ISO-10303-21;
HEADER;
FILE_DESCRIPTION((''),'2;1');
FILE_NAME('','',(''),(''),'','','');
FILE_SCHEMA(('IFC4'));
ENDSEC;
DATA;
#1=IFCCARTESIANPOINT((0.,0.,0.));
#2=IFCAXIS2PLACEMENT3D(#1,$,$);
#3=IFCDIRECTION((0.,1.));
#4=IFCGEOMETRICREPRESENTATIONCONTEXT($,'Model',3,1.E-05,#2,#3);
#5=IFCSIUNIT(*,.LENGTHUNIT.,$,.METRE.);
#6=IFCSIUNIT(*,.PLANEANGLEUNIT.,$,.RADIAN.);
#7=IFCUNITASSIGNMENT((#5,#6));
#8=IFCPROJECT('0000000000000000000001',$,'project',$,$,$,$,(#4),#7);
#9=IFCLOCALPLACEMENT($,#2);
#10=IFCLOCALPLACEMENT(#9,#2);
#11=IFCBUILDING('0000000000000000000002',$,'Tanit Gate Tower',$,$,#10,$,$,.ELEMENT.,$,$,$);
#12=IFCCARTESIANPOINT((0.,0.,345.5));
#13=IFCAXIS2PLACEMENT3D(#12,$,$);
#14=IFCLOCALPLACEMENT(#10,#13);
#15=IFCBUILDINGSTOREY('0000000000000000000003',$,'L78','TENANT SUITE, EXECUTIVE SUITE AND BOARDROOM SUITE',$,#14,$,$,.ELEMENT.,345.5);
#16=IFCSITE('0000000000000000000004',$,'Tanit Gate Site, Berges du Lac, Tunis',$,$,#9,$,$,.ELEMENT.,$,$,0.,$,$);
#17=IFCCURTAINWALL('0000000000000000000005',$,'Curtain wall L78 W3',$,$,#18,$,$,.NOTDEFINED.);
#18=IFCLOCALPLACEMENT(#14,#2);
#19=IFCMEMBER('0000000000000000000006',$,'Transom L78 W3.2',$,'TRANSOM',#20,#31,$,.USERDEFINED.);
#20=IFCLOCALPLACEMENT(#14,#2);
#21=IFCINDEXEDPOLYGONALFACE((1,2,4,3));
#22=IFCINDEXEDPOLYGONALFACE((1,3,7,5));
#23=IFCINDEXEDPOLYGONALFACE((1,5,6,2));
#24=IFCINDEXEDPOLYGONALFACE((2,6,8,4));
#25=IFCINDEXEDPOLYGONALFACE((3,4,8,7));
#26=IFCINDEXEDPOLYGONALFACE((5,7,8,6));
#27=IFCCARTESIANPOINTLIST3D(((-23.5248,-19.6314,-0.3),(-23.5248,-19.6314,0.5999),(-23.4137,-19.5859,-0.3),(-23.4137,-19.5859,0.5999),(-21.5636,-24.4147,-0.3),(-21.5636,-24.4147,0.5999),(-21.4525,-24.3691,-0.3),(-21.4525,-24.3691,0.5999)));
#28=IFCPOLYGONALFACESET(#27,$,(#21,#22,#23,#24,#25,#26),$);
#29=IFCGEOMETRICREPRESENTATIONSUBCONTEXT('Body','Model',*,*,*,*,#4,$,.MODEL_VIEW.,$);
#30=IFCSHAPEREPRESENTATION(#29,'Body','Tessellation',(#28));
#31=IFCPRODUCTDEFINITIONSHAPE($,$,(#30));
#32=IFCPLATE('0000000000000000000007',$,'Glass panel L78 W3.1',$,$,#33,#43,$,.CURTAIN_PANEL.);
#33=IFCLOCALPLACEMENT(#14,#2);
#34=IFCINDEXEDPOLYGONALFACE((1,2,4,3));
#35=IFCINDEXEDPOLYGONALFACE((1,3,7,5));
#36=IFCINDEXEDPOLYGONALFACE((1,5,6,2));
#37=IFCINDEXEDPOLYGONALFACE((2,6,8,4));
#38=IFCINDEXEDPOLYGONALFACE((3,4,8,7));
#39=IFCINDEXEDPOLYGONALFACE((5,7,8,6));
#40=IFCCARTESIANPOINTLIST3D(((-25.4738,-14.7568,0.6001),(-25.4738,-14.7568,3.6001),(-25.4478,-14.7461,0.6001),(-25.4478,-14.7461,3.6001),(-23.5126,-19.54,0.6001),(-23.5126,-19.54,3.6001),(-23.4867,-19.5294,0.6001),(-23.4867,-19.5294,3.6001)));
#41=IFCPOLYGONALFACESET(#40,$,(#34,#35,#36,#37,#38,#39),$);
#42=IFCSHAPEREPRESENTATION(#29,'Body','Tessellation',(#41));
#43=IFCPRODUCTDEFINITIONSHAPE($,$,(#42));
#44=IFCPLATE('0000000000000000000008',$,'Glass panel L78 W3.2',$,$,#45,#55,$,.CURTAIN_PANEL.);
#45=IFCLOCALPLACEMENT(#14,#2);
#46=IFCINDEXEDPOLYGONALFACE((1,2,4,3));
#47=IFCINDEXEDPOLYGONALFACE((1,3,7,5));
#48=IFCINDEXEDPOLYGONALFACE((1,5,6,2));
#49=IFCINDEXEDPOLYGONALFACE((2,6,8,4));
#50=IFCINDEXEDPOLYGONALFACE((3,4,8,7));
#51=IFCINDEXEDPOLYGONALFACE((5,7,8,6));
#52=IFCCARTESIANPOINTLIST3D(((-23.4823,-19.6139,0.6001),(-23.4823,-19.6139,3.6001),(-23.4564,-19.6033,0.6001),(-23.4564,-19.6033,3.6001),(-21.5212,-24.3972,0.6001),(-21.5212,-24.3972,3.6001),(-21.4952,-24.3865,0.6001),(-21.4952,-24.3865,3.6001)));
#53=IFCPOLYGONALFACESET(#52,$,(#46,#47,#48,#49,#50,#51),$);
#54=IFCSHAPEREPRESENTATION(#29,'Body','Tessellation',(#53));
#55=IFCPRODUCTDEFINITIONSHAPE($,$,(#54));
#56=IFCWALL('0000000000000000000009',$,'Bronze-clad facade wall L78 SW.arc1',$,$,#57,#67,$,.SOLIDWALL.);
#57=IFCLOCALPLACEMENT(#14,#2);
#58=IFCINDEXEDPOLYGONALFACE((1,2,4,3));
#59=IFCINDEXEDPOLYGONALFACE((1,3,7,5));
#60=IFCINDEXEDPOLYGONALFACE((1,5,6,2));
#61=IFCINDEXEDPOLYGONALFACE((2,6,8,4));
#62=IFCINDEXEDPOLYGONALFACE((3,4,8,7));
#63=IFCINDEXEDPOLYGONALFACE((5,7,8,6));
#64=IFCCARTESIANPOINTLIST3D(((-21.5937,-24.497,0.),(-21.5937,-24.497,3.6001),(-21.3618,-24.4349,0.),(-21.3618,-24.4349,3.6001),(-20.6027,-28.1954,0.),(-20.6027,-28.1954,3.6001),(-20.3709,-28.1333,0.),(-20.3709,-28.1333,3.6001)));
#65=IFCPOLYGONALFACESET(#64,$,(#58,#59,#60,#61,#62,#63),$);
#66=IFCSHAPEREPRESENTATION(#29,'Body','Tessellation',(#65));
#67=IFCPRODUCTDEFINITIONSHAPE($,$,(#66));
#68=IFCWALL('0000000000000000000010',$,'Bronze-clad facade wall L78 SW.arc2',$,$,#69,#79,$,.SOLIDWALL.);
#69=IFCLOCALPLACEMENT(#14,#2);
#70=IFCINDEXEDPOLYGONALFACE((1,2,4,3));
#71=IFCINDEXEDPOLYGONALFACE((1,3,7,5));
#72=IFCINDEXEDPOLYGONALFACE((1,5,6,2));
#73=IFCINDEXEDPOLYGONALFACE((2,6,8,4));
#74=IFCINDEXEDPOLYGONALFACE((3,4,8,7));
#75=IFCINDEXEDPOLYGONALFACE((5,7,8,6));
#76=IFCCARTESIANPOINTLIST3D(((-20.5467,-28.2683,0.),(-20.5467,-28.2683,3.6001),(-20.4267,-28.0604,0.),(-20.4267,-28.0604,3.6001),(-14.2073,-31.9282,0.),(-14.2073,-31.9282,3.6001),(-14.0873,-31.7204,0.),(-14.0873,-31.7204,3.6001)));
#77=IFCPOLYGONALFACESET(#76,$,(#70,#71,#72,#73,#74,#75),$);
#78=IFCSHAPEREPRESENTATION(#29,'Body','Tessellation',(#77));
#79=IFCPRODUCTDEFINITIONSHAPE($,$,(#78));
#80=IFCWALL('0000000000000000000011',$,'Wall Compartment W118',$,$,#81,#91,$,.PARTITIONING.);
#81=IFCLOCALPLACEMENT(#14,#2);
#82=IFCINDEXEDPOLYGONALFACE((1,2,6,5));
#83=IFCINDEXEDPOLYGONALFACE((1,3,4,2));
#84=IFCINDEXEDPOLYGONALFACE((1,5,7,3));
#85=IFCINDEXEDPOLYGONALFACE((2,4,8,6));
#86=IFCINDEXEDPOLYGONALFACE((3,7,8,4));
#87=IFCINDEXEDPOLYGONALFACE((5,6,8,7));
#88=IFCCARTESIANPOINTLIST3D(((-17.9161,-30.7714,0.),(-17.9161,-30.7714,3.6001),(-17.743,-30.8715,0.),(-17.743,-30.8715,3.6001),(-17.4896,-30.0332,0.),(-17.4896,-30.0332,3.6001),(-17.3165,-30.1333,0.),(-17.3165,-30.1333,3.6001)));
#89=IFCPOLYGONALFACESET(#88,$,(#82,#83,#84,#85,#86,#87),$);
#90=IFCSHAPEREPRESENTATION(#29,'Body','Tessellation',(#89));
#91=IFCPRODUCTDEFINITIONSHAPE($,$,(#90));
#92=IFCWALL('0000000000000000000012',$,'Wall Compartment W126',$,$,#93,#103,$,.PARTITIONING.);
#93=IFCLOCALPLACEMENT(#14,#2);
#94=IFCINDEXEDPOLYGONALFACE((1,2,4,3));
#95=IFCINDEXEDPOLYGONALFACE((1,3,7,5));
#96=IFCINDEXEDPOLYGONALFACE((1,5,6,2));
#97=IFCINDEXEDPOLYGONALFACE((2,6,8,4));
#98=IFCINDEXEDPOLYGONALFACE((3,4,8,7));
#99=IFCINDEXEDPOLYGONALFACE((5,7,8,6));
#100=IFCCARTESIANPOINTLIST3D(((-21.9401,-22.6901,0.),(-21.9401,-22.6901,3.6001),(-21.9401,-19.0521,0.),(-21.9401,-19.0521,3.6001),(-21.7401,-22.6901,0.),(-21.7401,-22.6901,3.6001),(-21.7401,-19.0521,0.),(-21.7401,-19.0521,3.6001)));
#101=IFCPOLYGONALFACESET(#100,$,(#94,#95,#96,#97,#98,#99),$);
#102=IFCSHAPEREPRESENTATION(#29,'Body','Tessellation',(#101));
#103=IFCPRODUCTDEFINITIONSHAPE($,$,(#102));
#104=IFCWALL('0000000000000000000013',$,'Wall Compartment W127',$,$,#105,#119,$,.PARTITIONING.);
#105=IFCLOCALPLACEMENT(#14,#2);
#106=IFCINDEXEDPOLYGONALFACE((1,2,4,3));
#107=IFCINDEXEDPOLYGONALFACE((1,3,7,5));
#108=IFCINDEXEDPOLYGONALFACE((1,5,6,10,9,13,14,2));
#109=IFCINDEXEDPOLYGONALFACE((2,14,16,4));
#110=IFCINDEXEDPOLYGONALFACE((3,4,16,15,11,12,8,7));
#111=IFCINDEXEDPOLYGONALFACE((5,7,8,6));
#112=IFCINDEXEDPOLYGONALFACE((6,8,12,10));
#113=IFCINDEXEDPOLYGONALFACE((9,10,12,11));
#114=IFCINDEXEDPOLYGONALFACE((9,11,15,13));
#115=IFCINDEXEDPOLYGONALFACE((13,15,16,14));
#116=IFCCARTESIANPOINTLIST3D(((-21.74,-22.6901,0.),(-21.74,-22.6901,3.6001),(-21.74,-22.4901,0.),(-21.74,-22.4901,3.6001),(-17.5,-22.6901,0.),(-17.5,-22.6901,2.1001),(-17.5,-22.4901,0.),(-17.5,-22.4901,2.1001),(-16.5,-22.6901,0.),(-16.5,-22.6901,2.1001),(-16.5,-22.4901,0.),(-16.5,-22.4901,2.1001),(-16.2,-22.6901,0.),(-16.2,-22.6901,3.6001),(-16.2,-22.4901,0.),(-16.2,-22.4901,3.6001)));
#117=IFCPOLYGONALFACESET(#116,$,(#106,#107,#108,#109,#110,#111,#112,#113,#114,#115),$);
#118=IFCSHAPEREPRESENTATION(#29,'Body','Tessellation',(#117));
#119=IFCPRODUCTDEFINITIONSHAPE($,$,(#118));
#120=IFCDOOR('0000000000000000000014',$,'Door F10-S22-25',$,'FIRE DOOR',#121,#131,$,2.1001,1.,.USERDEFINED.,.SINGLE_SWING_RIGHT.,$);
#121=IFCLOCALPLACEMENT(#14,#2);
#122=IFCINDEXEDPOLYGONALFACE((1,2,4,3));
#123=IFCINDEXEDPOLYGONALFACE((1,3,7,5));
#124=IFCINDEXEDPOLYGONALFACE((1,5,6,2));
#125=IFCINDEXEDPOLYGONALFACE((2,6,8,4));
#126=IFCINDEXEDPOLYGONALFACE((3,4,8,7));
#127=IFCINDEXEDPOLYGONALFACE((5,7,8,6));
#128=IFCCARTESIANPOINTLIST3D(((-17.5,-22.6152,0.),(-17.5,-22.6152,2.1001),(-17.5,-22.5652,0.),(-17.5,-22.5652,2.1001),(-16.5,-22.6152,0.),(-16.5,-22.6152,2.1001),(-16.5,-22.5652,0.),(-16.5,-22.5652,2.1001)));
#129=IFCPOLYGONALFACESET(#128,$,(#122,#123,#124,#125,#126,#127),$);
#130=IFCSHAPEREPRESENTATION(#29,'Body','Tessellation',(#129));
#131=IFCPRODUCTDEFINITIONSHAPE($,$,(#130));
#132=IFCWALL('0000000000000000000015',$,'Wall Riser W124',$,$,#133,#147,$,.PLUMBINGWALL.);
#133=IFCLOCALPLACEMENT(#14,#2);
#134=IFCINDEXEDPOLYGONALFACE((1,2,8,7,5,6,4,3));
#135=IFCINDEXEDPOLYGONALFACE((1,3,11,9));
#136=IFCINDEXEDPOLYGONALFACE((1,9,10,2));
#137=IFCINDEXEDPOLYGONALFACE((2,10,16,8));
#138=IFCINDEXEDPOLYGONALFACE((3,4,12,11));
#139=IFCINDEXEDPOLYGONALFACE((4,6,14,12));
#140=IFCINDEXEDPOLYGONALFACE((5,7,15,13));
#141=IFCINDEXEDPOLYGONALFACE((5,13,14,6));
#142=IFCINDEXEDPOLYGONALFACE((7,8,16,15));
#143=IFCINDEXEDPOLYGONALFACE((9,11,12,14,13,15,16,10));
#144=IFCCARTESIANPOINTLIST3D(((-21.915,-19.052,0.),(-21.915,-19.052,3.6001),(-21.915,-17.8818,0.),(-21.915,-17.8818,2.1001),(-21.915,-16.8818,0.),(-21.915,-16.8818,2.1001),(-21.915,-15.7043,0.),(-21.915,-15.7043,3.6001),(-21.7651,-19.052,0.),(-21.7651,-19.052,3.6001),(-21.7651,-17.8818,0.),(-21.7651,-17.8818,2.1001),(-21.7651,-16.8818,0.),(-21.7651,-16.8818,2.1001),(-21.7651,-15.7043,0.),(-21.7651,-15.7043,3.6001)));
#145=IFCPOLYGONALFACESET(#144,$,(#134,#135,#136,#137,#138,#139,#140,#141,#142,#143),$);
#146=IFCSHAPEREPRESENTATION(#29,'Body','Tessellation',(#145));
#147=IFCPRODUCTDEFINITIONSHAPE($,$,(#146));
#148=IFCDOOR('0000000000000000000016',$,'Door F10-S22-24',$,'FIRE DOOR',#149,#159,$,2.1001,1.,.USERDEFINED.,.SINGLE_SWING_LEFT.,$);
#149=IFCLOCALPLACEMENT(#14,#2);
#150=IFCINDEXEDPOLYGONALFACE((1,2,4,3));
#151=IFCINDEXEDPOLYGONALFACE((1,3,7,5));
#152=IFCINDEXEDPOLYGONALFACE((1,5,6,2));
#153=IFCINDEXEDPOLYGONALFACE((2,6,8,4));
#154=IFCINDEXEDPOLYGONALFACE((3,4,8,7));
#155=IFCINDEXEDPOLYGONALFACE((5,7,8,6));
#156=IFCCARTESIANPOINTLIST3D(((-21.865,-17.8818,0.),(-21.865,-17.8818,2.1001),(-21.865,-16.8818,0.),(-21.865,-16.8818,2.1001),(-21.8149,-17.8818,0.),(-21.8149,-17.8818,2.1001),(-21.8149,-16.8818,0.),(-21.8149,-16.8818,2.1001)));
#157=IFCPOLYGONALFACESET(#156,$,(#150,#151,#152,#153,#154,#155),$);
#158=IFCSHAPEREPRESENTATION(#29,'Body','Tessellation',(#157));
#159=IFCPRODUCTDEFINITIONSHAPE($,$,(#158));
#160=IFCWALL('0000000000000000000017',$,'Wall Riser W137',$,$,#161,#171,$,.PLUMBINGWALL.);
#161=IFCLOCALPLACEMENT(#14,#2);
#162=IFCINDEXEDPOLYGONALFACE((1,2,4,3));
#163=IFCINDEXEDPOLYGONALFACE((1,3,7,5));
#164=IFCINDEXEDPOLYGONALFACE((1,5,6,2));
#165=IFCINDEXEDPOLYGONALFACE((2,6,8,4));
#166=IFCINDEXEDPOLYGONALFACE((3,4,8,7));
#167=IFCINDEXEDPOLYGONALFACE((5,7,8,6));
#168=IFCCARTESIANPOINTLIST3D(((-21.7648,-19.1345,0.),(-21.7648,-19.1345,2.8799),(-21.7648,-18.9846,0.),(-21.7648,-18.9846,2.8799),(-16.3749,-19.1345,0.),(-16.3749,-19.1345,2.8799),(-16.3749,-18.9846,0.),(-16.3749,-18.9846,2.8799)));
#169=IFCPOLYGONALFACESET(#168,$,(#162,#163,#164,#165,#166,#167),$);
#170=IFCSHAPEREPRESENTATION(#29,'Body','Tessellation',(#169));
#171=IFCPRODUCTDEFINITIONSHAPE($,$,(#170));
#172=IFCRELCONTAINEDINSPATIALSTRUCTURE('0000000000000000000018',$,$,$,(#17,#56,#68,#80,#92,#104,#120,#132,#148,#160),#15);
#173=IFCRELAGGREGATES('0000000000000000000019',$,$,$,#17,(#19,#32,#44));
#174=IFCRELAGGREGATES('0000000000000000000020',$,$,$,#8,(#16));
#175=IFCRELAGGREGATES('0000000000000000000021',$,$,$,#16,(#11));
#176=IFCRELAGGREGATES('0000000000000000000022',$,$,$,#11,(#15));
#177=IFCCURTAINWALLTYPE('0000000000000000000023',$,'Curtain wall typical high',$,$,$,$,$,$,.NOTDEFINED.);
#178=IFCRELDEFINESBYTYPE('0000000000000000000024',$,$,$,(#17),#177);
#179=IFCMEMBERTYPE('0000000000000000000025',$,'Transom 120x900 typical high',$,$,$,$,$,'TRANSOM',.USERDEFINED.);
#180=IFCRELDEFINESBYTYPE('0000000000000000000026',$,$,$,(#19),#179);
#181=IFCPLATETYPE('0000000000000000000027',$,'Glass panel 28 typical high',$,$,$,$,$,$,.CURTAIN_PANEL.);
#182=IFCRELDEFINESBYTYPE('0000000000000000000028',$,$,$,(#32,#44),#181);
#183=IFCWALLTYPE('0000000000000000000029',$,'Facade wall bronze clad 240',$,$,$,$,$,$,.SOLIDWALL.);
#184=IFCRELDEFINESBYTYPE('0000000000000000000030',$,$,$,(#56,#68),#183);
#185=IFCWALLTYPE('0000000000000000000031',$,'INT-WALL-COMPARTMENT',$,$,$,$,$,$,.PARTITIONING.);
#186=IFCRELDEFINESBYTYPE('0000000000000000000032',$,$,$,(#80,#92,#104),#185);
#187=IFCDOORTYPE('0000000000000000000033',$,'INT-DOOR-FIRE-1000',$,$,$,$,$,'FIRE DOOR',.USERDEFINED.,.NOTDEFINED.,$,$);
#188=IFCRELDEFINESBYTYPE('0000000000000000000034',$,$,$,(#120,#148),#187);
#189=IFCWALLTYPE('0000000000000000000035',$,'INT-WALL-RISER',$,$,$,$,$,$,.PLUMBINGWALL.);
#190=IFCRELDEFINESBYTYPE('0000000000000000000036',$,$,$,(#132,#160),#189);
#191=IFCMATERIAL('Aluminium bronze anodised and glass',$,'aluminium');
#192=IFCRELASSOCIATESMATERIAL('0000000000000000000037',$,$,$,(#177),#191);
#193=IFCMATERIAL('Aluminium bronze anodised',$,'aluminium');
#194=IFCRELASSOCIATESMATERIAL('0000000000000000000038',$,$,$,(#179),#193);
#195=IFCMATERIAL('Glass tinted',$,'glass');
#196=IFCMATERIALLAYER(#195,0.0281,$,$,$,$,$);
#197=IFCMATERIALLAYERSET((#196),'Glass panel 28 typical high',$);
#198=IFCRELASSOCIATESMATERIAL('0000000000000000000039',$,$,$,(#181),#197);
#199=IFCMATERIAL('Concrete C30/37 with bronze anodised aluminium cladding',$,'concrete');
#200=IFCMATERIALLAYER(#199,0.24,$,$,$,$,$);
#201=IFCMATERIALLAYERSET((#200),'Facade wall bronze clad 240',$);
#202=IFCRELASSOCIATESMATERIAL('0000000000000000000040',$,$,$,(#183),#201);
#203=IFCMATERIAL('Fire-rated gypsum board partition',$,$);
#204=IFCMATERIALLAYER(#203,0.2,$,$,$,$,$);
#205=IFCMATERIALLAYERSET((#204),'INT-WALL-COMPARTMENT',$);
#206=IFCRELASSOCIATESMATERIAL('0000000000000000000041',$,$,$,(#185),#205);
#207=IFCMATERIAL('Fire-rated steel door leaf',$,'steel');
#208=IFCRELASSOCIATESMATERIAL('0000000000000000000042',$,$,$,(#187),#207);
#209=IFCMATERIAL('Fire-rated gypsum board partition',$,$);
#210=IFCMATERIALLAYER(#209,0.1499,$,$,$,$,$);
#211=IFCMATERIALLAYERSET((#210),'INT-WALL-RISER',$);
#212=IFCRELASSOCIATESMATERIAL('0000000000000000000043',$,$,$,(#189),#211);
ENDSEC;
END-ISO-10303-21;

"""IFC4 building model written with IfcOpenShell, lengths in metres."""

from ifc_helpers import new_model, si_unit, direction, frame, frame_2d, origin, origin_2d, place, context, subcontext, project, spatial, rectangle, extrude, material, layer, layer_set, material_profile, profile_set, type_object, element, fill, aggregate, save


model = new_model("IFC4")

# Units and contexts
model_context = context("Model", 3, precision=1e-05, world=origin(), true_north=direction((0.0, 1.0)))
body_context = subcontext(model_context, "Body", "Model", "MODEL_VIEW")
ifc_project = project(units=[si_unit("LENGTHUNIT", "METRE"), si_unit("PLANEANGLEUNIT", "RADIAN")], contexts=[model_context])

# Site, building, storey
site_placement = place(None, origin())
site = spatial("IfcSite", under=ifc_project, at=site_placement, Name="Tanit Gate Site, Berges du Lac, Tunis", CompositionType="ELEMENT", RefElevation=0.0)
building_placement = place(site_placement, origin())
building = spatial("IfcBuilding", under=site, at=building_placement, Name="Tanit Gate Tower", CompositionType="ELEMENT")
storey_placement = place(building_placement, frame((0.0, 0.0, 345.5)))
storey = spatial("IfcBuildingStorey", under=building, at=storey_placement, Name="L78", Description="TENANT SUITE, EXECUTIVE SUITE AND BOARDROOM SUITE", CompositionType="ELEMENT", Elevation=345.5)

# Curtain wall
ifc_material_1 = material(Name="Aluminium bronze anodised and glass", Category="aluminium")
curtain_wall_type = type_object("IfcCurtainWallType", Name="Curtain wall typical high", PredefinedType="NOTDEFINED", material=ifc_material_1)
curtain_wall_placement = place(storey_placement, origin())
curtain_wall = element("IfcCurtainWall", 1, at=curtain_wall_placement, inside=storey, type_object=curtain_wall_type, Name="Curtain wall L78 W3", PredefinedType="NOTDEFINED")

# Member
ifc_material_2 = material(Name="Aluminium bronze anodised", Category="aluminium")
ifc_material_profile_1 = material_profile(ifc_material_2, rectangle(XDim=0.1201, YDim=0.8999, at=origin_2d()), Name="120x900 bronze transom")
ifc_profile_set_1 = profile_set([ifc_material_profile_1], Name="Aluminium bronze anodised")
member_type_1 = type_object("IfcMemberType", Name="Transom 120x900 typical high", ElementType="TRANSOM", PredefinedType="USERDEFINED", material=ifc_profile_set_1)
member_1_placement = place(storey_placement, frame((-23.4692, -19.6086, 0.1499), z_axis=(0.379365, -0.925247, 0.0), x_axis=(0.925247, 0.379365, 0.0)))
member_1 = element("IfcMember", 2, at=member_1_placement, type_object=member_type_1, Name="Transom L78 W3.2", ObjectType="TRANSOM", PredefinedType="USERDEFINED", context=body_context, shape_type="SweptSolid", body=[
    extrude(rectangle(XDim=0.1201, YDim=0.8999, at=origin_2d()), origin(), (0.0, 0.0, 1.0), 5.1697),
])

# Plates
ifc_material_3 = material(Name="Glass tinted", Category="glass")
ifc_layer_1 = layer(ifc_material_3, 0.0281)
ifc_layer_set_1 = layer_set([ifc_layer_1], Name="Glass panel 28 typical high")
plate_type = type_object("IfcPlateType", Name="Glass panel 28 typical high", PredefinedType="CURTAIN_PANEL", material=ifc_layer_set_1)
plate_1_placement = place(storey_placement, frame((-24.4802, -17.1431, 0.6001), z_axis=(0.0, 0.0, 1.0), x_axis=(0.379355, -0.925251, 0.0)))
plate_1 = element("IfcPlate", 3, at=plate_1_placement, type_object=plate_type, Name="Glass panel L78 W3.1", PredefinedType="CURTAIN_PANEL", context=body_context, shape_type="SweptSolid", body=[
    extrude(rectangle(XDim=5.1697, YDim=0.0281, at=origin_2d()), origin(), (0.0, 0.0, 1.0), 3.0),
])
plate_2_placement = place(storey_placement, frame((-22.4888, -22.0002, 0.6001), z_axis=(0.0, 0.0, 1.0), x_axis=(0.379355, -0.925251, 0.0)))
plate_2 = element("IfcPlate", 4, at=plate_2_placement, type_object=plate_type, Name="Glass panel L78 W3.2", PredefinedType="CURTAIN_PANEL", context=body_context, shape_type="SweptSolid", body=[
    extrude(rectangle(XDim=5.1697, YDim=0.0281, at=origin_2d()), origin(), (0.0, 0.0, 1.0), 3.0),
])
aggregate(curtain_wall, [member_1, plate_1, plate_2])

# Walls
ifc_material_4 = material(Name="Concrete C30/37 with bronze anodised aluminium cladding", Category="concrete")
ifc_layer_2 = layer(ifc_material_4, 0.24)
ifc_layer_set_2 = layer_set([ifc_layer_2], Name="Facade wall bronze clad 240")
wall_type_1 = type_object("IfcWallType", Name="Facade wall bronze clad 240", PredefinedType="SOLIDWALL", material=ifc_layer_set_2)
wall_1_placement = place(storey_placement, frame((-21.4778, -24.4658, 0.0), z_axis=(0.0, 0.0, 1.0), x_axis=(0.258809, -0.965928, 0.0)))
element("IfcWall", 5, at=wall_1_placement, inside=storey, type_object=wall_type_1, Name="Bronze-clad facade wall L78 SW.arc1", PredefinedType="SOLIDWALL", context=body_context, shape_type="SweptSolid", body=[
    extrude(rectangle(XDim=3.8289, YDim=0.24, at=frame_2d((1.9146, 0.0))), origin(), (0.0, 0.0, 1.0), 3.6001),
])
wall_2_placement = place(storey_placement, frame((-20.4868, -28.1643, 0.0), z_axis=(0.0, 0.0, 1.0), x_axis=(0.866032, -0.499988, 0.0)))
element("IfcWall", 6, at=wall_2_placement, inside=storey, type_object=wall_type_1, Name="Bronze-clad facade wall L78 SW.arc2", PredefinedType="SOLIDWALL", context=body_context, shape_type="SweptSolid", body=[
    extrude(rectangle(XDim=7.3201, YDim=0.24, at=frame_2d((3.6602, 0.0))), origin(), (0.0, 0.0, 1.0), 3.6001),
])
ifc_material_5 = material(Name="Fire-rated gypsum board partition")
ifc_layer_3 = layer(ifc_material_5, 0.2)
ifc_layer_set_3 = layer_set([ifc_layer_3], Name="INT-WALL-COMPARTMENT")
wall_type_2 = type_object("IfcWallType", Name="INT-WALL-COMPARTMENT", PredefinedType="PARTITIONING", material=ifc_layer_set_3)
wall_3_placement = place(storey_placement, frame((-17.4031, -30.0833, 0.0), z_axis=(0.0, 0.0, 1.0), x_axis=(-0.500235, -0.86589, 0.0)))
element("IfcWall", 7, at=wall_3_placement, inside=storey, type_object=wall_type_2, Name="Wall Compartment W118", PredefinedType="PARTITIONING", context=body_context, shape_type="SweptSolid", body=[
    extrude(rectangle(XDim=0.8525, YDim=0.2, at=frame_2d((0.4263, 0.0))), origin(), (0.0, 0.0, 1.0), 3.6001),
])
wall_4_placement = place(storey_placement, frame((-21.8401, -22.6899, 0.0), z_axis=(0.0, 0.0, 1.0), x_axis=(0.0, 1.0, 0.0)))
element("IfcWall", 8, at=wall_4_placement, inside=storey, type_object=wall_type_2, Name="Wall Compartment W126", PredefinedType="PARTITIONING", context=body_context, shape_type="SweptSolid", body=[
    extrude(rectangle(XDim=3.6379, YDim=0.2, at=frame_2d((1.8188, 0.0))), origin(), (0.0, 0.0, 1.0), 3.6001),
])

# Walls, openings, doors
wall_5_placement = place(storey_placement, frame((-21.74, -22.5901, 0.0), z_axis=(0.0, 0.0, 1.0), x_axis=(1.0, 0.0, 0.0)))
wall_5 = element("IfcWall", 9, at=wall_5_placement, inside=storey, type_object=wall_type_2, Name="Wall Compartment W127", PredefinedType="PARTITIONING", context=body_context, shape_type="SweptSolid", body=[
    extrude(rectangle(XDim=5.54, YDim=0.2, at=frame_2d((2.77, 0.0))), origin(), (0.0, 0.0, 1.0), 3.6001),
])
opening_1_placement = place(wall_5_placement, frame((4.24, 0.0, 0.0)))
opening_1 = element("IfcOpeningElement", 10, at=opening_1_placement, cuts=wall_5, PredefinedType="OPENING", context=body_context, shape_type="SweptSolid", body=[
    extrude(rectangle(XDim=1.0, YDim=2.1001, at=frame_2d((0.5, 1.05))), frame((0.0, 0.1099, 0.0), z_axis=(0.0, -1.0, 0.0), x_axis=(1.0, 0.0, 0.0)), (0.0, 0.0, 1.0), 0.22),
])
ifc_material_6 = material(Name="Fire-rated steel door leaf", Category="steel")
door_type = type_object("IfcDoorType", Name="INT-DOOR-FIRE-1000", ElementType="FIRE DOOR", OperationType="NOTDEFINED", PredefinedType="USERDEFINED", material=ifc_material_6)
door_1_placement = place(opening_1_placement, origin())
door_1 = element("IfcDoor", 11, at=door_1_placement, inside=storey, type_object=door_type, Name="Door F10-S22-25", ObjectType="FIRE DOOR", OperationType="SINGLE_SWING_RIGHT", OverallHeight=2.1001, OverallWidth=1.0, PredefinedType="USERDEFINED", context=body_context, shape_type="SweptSolid", body=[
    extrude(rectangle(XDim=1.0, YDim=2.1001, at=frame_2d((0.5, 1.05))), frame((0.0, 0.0249, 0.0), z_axis=(0.0, -1.0, 0.0), x_axis=(1.0, 0.0, 0.0)), (0.0, 0.0, 1.0), 0.05),
])
fill(opening_1, door_1)
ifc_material_7 = material(Name="Fire-rated gypsum board partition")
ifc_layer_4 = layer(ifc_material_7, 0.1499)
ifc_layer_set_4 = layer_set([ifc_layer_4], Name="INT-WALL-RISER")
wall_type_3 = type_object("IfcWallType", Name="INT-WALL-RISER", PredefinedType="PLUMBINGWALL", material=ifc_layer_set_4)
wall_6_placement = place(storey_placement, frame((-21.8401, -19.052, 0.0), z_axis=(0.0, 0.0, 1.0), x_axis=(0.0, 1.0, 0.0)))
wall_6 = element("IfcWall", 12, at=wall_6_placement, inside=storey, type_object=wall_type_3, Name="Wall Riser W124", PredefinedType="PLUMBINGWALL", context=body_context, shape_type="SweptSolid", body=[
    extrude(rectangle(XDim=3.3477, YDim=0.1499, at=frame_2d((1.6738, 0.0))), origin(), (0.0, 0.0, 1.0), 3.6001),
])
opening_2_placement = place(wall_6_placement, frame((1.1702, 0.0, 0.0)))
opening_2 = element("IfcOpeningElement", 13, at=opening_2_placement, cuts=wall_6, PredefinedType="OPENING", context=body_context, shape_type="SweptSolid", body=[
    extrude(rectangle(XDim=1.0, YDim=2.1001, at=frame_2d((0.5, 1.05))), frame((0.0, 0.085, 0.0), z_axis=(0.0, -1.0, 0.0), x_axis=(1.0, 0.0, 0.0)), (0.0, 0.0, 1.0), 0.1699),
])
door_2_placement = place(opening_2_placement, origin())
door_2 = element("IfcDoor", 14, at=door_2_placement, inside=storey, type_object=door_type, Name="Door F10-S22-24", ObjectType="FIRE DOOR", OperationType="SINGLE_SWING_LEFT", OverallHeight=2.1001, OverallWidth=1.0, PredefinedType="USERDEFINED", context=body_context, shape_type="SweptSolid", body=[
    extrude(rectangle(XDim=1.0, YDim=2.1001, at=frame_2d((0.5, 1.05))), frame((0.0, 0.0249, 0.0), z_axis=(0.0, -1.0, 0.0), x_axis=(1.0, 0.0, 0.0)), (0.0, 0.0, 1.0), 0.05),
])
fill(opening_2, door_2)

# Wall
wall_7_placement = place(storey_placement, frame((-16.375, -19.0596, 0.0), z_axis=(0.0, 0.0, 1.0), x_axis=(-1.0, 0.0, 0.0)))
element("IfcWall", 15, at=wall_7_placement, inside=storey, type_object=wall_type_3, Name="Wall Riser W137", PredefinedType="PLUMBINGWALL", context=body_context, shape_type="SweptSolid", body=[
    extrude(rectangle(XDim=5.3899, YDim=0.1499, at=frame_2d((2.6948, 0.0))), origin(), (0.0, 0.0, 1.0), 2.8799),
])

save(model, "model.ifc")
